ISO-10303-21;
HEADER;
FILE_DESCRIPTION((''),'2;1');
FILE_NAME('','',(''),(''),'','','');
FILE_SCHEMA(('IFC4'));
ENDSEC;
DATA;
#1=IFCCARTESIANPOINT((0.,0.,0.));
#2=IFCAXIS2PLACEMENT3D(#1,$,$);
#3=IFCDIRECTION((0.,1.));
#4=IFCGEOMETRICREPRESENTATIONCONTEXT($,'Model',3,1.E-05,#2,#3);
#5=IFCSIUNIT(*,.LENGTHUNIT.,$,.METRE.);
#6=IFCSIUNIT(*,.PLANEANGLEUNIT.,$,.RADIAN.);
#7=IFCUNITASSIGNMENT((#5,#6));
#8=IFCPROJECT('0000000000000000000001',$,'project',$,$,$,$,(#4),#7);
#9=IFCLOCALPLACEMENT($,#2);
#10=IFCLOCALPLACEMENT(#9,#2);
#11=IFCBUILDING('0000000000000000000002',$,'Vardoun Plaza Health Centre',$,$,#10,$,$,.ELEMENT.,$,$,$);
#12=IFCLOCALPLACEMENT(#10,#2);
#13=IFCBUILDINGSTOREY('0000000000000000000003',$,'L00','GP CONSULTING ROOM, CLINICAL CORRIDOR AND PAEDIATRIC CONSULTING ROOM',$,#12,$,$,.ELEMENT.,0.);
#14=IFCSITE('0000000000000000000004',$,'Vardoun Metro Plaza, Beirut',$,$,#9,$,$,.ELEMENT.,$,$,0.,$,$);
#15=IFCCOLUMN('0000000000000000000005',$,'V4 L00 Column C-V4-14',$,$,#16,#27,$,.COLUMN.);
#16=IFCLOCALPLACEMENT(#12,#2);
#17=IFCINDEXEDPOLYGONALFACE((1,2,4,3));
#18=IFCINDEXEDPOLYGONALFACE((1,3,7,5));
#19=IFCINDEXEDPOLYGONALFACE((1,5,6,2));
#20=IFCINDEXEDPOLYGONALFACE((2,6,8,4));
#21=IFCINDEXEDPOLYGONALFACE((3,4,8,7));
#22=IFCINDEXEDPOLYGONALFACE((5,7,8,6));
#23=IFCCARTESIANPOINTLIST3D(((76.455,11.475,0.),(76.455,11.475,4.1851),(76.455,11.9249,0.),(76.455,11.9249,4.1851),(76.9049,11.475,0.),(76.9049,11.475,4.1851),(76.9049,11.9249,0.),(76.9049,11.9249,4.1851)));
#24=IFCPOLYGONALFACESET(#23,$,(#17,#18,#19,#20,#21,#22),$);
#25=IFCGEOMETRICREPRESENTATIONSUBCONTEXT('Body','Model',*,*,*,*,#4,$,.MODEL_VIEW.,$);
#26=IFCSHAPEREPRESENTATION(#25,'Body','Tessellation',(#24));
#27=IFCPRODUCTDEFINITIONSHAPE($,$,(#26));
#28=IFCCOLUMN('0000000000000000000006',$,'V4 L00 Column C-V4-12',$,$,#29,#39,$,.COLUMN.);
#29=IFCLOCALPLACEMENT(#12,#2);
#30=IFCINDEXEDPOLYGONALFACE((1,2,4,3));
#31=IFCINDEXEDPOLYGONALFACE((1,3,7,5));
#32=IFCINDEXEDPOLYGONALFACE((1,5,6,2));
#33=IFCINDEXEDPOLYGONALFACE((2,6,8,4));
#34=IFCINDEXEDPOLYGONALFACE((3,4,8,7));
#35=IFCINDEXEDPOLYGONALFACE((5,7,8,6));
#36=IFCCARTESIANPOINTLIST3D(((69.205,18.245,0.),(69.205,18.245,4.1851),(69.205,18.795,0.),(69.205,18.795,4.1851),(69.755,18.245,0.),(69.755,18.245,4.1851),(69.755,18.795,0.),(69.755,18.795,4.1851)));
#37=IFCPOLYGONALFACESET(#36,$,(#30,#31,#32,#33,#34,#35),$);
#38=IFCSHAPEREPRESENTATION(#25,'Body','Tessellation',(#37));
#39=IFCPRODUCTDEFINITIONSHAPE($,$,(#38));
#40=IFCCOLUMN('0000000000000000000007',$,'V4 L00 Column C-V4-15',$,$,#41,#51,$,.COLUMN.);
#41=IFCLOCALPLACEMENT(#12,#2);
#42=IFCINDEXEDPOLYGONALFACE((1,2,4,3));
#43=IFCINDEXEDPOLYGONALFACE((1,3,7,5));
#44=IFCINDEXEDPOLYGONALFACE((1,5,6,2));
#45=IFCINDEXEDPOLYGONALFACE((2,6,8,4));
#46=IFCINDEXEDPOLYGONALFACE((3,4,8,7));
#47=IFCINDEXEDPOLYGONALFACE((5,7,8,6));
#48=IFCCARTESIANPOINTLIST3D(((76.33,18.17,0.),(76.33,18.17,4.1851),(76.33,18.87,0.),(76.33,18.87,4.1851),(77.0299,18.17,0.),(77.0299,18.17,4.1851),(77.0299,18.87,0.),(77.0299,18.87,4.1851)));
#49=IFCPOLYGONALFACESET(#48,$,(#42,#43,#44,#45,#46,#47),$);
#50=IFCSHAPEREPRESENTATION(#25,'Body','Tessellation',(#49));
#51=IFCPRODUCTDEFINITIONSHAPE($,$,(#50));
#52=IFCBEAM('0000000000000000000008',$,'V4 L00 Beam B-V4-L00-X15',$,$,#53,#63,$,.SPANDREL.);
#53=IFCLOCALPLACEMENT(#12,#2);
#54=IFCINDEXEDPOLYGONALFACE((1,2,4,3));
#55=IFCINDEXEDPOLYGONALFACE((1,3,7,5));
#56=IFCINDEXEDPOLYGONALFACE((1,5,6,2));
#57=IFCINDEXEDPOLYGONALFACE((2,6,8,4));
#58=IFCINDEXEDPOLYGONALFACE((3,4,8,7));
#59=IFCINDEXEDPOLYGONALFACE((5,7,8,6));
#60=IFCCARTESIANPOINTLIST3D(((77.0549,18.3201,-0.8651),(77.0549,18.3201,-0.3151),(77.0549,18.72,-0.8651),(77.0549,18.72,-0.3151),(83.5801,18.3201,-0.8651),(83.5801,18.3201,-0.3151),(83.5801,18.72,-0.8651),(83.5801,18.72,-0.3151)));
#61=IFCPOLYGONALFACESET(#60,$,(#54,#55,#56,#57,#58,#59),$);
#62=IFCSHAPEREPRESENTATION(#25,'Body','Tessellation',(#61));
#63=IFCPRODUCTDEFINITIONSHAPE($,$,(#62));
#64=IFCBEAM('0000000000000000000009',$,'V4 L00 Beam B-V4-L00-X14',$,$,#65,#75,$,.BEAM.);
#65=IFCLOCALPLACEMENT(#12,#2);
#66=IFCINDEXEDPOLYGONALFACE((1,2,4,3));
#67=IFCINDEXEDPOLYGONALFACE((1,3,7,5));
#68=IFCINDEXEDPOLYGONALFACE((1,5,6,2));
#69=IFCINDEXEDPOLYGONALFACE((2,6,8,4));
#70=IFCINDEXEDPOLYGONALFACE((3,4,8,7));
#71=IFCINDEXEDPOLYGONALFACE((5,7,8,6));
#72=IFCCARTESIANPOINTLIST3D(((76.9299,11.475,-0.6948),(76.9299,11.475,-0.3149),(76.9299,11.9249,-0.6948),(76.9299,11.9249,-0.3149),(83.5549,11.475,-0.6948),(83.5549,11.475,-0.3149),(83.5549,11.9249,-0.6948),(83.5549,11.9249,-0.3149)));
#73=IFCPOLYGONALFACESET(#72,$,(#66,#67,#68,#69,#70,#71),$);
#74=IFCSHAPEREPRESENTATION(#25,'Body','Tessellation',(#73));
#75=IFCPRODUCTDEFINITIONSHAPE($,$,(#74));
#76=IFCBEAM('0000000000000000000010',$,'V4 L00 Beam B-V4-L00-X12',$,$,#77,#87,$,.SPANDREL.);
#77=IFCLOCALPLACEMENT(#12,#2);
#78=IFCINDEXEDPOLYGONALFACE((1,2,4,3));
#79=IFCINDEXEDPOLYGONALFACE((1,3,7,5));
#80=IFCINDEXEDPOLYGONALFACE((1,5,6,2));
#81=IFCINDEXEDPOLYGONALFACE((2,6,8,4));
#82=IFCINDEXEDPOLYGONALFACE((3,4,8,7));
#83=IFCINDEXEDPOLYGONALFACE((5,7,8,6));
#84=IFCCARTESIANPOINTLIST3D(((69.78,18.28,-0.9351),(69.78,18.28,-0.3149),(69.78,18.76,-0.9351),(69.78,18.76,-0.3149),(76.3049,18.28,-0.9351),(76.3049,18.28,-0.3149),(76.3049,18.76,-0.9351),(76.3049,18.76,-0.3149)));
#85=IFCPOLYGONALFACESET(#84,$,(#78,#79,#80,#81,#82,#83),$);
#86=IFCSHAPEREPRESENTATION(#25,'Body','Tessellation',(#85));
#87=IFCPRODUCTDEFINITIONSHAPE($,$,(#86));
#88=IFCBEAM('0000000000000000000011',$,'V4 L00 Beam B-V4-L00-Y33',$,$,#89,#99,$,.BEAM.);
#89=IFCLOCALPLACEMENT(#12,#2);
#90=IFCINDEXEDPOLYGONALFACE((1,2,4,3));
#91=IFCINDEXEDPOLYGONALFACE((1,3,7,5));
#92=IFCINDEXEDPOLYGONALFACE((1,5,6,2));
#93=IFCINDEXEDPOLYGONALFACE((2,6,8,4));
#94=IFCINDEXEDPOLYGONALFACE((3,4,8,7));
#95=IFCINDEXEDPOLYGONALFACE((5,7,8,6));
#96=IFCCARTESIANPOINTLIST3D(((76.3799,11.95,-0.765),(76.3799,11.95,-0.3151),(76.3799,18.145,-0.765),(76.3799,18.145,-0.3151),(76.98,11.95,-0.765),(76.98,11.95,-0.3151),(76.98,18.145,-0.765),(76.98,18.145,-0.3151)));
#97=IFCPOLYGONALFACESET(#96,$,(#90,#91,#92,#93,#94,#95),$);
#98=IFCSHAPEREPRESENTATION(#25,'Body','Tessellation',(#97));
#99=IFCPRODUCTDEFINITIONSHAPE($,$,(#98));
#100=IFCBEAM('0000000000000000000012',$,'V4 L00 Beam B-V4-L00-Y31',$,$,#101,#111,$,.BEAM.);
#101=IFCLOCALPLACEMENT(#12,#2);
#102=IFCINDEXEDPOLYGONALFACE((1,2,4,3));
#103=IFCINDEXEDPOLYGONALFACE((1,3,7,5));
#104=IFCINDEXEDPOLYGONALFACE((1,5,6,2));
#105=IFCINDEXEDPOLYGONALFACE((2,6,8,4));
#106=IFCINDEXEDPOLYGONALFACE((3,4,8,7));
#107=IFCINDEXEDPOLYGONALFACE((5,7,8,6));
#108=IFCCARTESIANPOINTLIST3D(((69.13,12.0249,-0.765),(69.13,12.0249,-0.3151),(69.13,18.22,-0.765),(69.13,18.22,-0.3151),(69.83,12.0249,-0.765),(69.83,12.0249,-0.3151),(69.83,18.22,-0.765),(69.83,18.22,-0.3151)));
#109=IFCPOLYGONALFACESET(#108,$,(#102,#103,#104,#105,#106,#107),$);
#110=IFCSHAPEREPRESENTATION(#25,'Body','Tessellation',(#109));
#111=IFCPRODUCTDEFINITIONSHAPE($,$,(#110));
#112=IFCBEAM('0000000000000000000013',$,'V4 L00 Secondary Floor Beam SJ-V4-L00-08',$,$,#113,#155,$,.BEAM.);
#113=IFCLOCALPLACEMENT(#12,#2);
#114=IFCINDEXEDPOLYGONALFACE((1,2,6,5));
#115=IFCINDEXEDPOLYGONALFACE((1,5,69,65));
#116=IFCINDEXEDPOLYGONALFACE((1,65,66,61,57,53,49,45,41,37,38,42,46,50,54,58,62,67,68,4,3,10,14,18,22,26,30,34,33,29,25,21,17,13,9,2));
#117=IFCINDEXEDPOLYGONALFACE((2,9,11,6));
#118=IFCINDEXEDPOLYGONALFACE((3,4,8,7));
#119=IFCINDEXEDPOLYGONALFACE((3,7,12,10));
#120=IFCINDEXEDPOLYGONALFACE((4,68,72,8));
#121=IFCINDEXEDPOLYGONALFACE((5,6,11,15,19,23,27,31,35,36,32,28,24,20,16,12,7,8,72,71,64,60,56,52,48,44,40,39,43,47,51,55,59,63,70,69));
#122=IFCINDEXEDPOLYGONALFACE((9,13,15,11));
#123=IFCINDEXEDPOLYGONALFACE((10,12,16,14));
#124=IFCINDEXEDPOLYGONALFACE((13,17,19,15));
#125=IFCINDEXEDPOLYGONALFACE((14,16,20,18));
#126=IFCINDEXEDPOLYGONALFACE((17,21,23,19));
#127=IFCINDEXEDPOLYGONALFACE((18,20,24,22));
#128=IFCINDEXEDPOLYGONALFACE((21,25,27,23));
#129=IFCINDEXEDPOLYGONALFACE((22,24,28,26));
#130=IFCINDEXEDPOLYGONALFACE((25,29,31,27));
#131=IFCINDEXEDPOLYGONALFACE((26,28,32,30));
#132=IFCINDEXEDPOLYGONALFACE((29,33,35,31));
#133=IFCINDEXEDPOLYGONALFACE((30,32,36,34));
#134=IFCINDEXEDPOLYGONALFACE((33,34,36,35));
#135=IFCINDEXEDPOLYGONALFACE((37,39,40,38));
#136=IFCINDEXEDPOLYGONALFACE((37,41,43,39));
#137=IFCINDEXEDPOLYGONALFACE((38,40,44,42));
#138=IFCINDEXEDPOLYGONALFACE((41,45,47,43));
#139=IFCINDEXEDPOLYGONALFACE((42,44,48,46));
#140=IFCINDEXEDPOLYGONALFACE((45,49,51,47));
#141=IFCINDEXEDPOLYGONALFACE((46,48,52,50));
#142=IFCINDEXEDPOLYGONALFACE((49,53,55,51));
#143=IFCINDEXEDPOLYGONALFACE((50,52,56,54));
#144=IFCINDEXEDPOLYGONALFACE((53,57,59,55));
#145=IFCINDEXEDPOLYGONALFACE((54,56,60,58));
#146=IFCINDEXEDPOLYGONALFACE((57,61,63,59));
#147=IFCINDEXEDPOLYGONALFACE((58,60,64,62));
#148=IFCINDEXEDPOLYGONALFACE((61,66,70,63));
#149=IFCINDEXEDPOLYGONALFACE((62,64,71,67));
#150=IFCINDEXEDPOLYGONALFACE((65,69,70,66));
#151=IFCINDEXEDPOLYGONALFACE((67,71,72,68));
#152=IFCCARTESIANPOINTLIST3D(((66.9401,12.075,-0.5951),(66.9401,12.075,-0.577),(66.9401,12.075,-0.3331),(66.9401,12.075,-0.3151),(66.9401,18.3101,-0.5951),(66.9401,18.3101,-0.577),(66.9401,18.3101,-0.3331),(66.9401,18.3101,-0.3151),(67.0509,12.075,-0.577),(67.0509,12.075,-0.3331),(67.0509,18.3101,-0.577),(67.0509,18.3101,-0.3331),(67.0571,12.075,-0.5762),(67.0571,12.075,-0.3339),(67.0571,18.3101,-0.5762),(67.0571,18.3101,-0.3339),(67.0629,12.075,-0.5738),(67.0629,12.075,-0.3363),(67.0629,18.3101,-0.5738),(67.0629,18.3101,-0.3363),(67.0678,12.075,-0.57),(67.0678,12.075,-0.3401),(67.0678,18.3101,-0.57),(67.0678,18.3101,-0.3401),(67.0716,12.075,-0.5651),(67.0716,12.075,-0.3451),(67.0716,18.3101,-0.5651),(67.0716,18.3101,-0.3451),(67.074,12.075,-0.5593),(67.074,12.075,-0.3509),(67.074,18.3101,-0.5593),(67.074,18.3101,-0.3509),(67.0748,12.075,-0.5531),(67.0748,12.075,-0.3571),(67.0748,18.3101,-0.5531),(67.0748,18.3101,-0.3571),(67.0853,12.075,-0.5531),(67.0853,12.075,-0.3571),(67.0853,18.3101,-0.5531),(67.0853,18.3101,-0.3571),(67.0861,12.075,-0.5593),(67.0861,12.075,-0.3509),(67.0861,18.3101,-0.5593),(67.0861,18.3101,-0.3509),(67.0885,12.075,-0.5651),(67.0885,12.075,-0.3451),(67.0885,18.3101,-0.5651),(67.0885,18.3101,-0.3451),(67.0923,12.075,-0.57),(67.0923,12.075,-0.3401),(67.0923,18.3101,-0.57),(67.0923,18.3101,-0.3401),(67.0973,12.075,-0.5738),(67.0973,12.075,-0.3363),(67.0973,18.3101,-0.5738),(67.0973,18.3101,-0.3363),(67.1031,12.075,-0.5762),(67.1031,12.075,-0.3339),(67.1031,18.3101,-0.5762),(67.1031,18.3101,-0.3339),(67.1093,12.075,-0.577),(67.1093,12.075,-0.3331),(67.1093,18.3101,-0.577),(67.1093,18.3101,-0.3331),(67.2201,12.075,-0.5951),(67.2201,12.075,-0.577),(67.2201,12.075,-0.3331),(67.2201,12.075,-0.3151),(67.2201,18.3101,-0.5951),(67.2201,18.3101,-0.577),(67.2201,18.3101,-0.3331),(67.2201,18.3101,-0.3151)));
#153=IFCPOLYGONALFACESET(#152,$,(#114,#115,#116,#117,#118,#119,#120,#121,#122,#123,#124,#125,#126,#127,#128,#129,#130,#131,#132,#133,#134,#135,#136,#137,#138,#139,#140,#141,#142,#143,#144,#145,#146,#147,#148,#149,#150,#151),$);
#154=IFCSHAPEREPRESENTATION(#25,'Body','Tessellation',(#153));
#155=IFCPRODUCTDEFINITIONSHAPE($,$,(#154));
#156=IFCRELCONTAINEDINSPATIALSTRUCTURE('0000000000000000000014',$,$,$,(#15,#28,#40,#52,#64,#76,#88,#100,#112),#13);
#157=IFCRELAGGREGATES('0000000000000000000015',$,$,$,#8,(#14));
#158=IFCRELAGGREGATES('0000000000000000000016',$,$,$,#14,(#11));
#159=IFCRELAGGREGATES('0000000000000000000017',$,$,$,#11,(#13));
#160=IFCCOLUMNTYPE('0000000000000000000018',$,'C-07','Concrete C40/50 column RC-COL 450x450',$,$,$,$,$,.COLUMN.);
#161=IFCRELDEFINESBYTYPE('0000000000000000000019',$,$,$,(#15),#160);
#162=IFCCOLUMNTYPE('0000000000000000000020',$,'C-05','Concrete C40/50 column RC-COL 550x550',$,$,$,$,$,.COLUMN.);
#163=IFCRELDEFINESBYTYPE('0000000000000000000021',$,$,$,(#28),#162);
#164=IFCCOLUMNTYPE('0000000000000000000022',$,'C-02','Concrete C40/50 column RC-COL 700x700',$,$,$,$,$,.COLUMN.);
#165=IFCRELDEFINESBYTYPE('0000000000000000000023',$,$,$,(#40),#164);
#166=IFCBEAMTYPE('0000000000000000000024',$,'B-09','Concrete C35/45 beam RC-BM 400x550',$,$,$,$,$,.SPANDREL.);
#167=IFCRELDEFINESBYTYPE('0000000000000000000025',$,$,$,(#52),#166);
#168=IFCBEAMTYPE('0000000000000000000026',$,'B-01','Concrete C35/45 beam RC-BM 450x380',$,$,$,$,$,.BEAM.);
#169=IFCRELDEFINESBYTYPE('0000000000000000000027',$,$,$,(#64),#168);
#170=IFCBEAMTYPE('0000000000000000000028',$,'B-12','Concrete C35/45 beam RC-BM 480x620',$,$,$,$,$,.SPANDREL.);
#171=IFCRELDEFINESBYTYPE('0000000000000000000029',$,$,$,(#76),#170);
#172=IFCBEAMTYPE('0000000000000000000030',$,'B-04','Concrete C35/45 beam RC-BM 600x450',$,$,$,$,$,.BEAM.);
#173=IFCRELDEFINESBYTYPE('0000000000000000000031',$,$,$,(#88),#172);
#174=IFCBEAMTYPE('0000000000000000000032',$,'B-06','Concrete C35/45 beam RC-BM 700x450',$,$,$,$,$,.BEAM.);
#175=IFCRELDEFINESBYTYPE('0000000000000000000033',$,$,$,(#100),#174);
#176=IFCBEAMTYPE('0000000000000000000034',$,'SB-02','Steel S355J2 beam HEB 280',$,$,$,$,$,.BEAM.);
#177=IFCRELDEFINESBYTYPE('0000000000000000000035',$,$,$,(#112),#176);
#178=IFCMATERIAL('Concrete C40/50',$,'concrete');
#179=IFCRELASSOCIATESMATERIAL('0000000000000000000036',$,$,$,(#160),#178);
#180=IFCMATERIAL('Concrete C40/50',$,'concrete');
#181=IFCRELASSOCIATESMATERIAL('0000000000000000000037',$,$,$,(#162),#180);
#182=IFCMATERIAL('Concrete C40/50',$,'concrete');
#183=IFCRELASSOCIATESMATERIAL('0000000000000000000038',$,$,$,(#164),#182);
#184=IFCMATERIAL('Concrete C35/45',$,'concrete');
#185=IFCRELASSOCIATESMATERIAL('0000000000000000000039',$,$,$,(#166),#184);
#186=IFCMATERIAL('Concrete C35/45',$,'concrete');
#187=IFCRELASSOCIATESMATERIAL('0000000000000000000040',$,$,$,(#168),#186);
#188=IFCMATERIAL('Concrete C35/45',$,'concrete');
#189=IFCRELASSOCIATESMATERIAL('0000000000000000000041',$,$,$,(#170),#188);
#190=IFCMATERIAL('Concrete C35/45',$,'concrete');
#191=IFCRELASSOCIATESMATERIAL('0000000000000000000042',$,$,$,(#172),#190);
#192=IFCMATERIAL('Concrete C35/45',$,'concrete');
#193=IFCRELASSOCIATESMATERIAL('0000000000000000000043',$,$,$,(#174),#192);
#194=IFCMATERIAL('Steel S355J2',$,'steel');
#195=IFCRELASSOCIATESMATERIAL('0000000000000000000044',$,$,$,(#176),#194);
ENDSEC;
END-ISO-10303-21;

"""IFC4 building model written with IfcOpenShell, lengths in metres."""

from ifc_helpers import new_model, si_unit, direction, frame, origin, origin_2d, place, context, subcontext, project, spatial, rectangle, i_section, extrude, material, material_profile, profile_set, type_object, element, save


model = new_model("IFC4")

# Units and contexts
model_context = context("Model", 3, precision=1e-05, world=origin(), true_north=direction((0.0, 1.0)))
body_context = subcontext(model_context, "Body", "Model", "MODEL_VIEW")
ifc_project = project(units=[si_unit("LENGTHUNIT", "METRE"), si_unit("PLANEANGLEUNIT", "RADIAN")], contexts=[model_context])

# Site, building, storey
site_placement = place(None, origin())
site = spatial("IfcSite", under=ifc_project, at=site_placement, Name="Vardoun Metro Plaza, Beirut", CompositionType="ELEMENT", RefElevation=0.0)
building_placement = place(site_placement, origin())
building = spatial("IfcBuilding", under=site, at=building_placement, Name="Vardoun Plaza Health Centre", CompositionType="ELEMENT")
storey_placement = place(building_placement, origin())
storey = spatial("IfcBuildingStorey", under=building, at=storey_placement, Name="L00", Description="GP CONSULTING ROOM, CLINICAL CORRIDOR AND PAEDIATRIC CONSULTING ROOM", CompositionType="ELEMENT", Elevation=0.0)

# Columns
ifc_material_1 = material(Name="Concrete C40/50", Category="concrete")
ifc_material_profile_1 = material_profile(ifc_material_1, rectangle(XDim=0.45, YDim=0.45, at=origin_2d()), Name="RC-COL 450x450")
ifc_profile_set_1 = profile_set([ifc_material_profile_1], Name="Concrete C40/50")
column_type_1 = type_object("IfcColumnType", Name="C-07", Description="Concrete C40/50 column RC-COL 450x450", PredefinedType="COLUMN", material=ifc_profile_set_1)
column_1_placement = place(storey_placement, frame((76.6799, 11.7, 0.0), z_axis=(0.0, 0.0, 1.0), x_axis=(1.0, 0.0, 0.0)))
element("IfcColumn", 1, at=column_1_placement, inside=storey, type_object=column_type_1, Name="V4 L00 Column C-V4-14", PredefinedType="COLUMN", context=body_context, shape_type="SweptSolid", body=[
    extrude(rectangle(XDim=0.45, YDim=0.45, at=origin_2d()), origin(), (0.0, 0.0, 1.0), 4.1851),
])
ifc_material_2 = material(Name="Concrete C40/50", Category="concrete")
ifc_material_profile_2 = material_profile(ifc_material_2, rectangle(XDim=0.55, YDim=0.55, at=origin_2d()), Name="RC-COL 550x550")
ifc_profile_set_2 = profile_set([ifc_material_profile_2], Name="Concrete C40/50")
column_type_2 = type_object("IfcColumnType", Name="C-05", Description="Concrete C40/50 column RC-COL 550x550", PredefinedType="COLUMN", material=ifc_profile_set_2)
column_2_placement = place(storey_placement, frame((69.48, 18.52, 0.0), z_axis=(0.0, 0.0, 1.0), x_axis=(1.0, 0.0, 0.0)))
element("IfcColumn", 2, at=column_2_placement, inside=storey, type_object=column_type_2, Name="V4 L00 Column C-V4-12", PredefinedType="COLUMN", context=body_context, shape_type="SweptSolid", body=[
    extrude(rectangle(XDim=0.55, YDim=0.55, at=origin_2d()), origin(), (0.0, 0.0, 1.0), 4.1851),
])
ifc_material_3 = material(Name="Concrete C40/50", Category="concrete")
ifc_material_profile_3 = material_profile(ifc_material_3, rectangle(XDim=0.7, YDim=0.7, at=origin_2d()), Name="RC-COL 700x700")
ifc_profile_set_3 = profile_set([ifc_material_profile_3], Name="Concrete C40/50")
column_type_3 = type_object("IfcColumnType", Name="C-02", Description="Concrete C40/50 column RC-COL 700x700", PredefinedType="COLUMN", material=ifc_profile_set_3)
column_3_placement = place(storey_placement, frame((76.6799, 18.52, 0.0), z_axis=(0.0, 0.0, 1.0), x_axis=(1.0, 0.0, 0.0)))
element("IfcColumn", 3, at=column_3_placement, inside=storey, type_object=column_type_3, Name="V4 L00 Column C-V4-15", PredefinedType="COLUMN", context=body_context, shape_type="SweptSolid", body=[
    extrude(rectangle(XDim=0.7, YDim=0.7, at=origin_2d()), origin(), (0.0, 0.0, 1.0), 4.1851),
])

# Beams
ifc_material_4 = material(Name="Concrete C35/45", Category="concrete")
ifc_material_profile_4 = material_profile(ifc_material_4, rectangle(XDim=0.3999, YDim=0.55, at=origin_2d()), Name="RC-BM 400x550")
ifc_profile_set_4 = profile_set([ifc_material_profile_4], Name="Concrete C35/45")
beam_type_1 = type_object("IfcBeamType", Name="B-09", Description="Concrete C35/45 beam RC-BM 400x550", PredefinedType="SPANDREL", material=ifc_profile_set_4)
beam_1_placement = place(storey_placement, frame((77.0549, 18.52, -0.5901), z_axis=(1.0, 0.0, 0.0), x_axis=(0.0, 1.0, 0.0)))
element("IfcBeam", 4, at=beam_1_placement, inside=storey, type_object=beam_type_1, Name="V4 L00 Beam B-V4-L00-X15", PredefinedType="SPANDREL", context=body_context, shape_type="SweptSolid", body=[
    extrude(rectangle(XDim=0.3999, YDim=0.55, at=origin_2d()), origin(), (0.0, 0.0, 1.0), 6.5251),
])
ifc_material_5 = material(Name="Concrete C35/45", Category="concrete")
ifc_material_profile_5 = material_profile(ifc_material_5, rectangle(XDim=0.45, YDim=0.3799, at=origin_2d()), Name="RC-BM 450x380")
ifc_profile_set_5 = profile_set([ifc_material_profile_5], Name="Concrete C35/45")
beam_type_2 = type_object("IfcBeamType", Name="B-01", Description="Concrete C35/45 beam RC-BM 450x380", PredefinedType="BEAM", material=ifc_profile_set_5)
beam_2_placement = place(storey_placement, frame((76.9299, 11.7, -0.5049), z_axis=(1.0, 0.0, 0.0), x_axis=(0.0, 1.0, 0.0)))
element("IfcBeam", 5, at=beam_2_placement, inside=storey, type_object=beam_type_2, Name="V4 L00 Beam B-V4-L00-X14", PredefinedType="BEAM", context=body_context, shape_type="SweptSolid", body=[
    extrude(rectangle(XDim=0.45, YDim=0.3799, at=origin_2d()), origin(), (0.0, 0.0, 1.0), 6.625),
])
ifc_material_6 = material(Name="Concrete C35/45", Category="concrete")
ifc_material_profile_6 = material_profile(ifc_material_6, rectangle(XDim=0.48, YDim=0.6201, at=origin_2d()), Name="RC-BM 480x620")
ifc_profile_set_6 = profile_set([ifc_material_profile_6], Name="Concrete C35/45")
beam_type_3 = type_object("IfcBeamType", Name="B-12", Description="Concrete C35/45 beam RC-BM 480x620", PredefinedType="SPANDREL", material=ifc_profile_set_6)
beam_3_placement = place(storey_placement, frame((69.78, 18.52, -0.625), z_axis=(1.0, 0.0, 0.0), x_axis=(0.0, 1.0, 0.0)))
element("IfcBeam", 6, at=beam_3_placement, inside=storey, type_object=beam_type_3, Name="V4 L00 Beam B-V4-L00-X12", PredefinedType="SPANDREL", context=body_context, shape_type="SweptSolid", body=[
    extrude(rectangle(XDim=0.48, YDim=0.6201, at=origin_2d()), origin(), (0.0, 0.0, 1.0), 6.5249),
])
ifc_material_7 = material(Name="Concrete C35/45", Category="concrete")
ifc_material_profile_7 = material_profile(ifc_material_7, rectangle(XDim=0.6001, YDim=0.45, at=origin_2d()), Name="RC-BM 600x450")
ifc_profile_set_7 = profile_set([ifc_material_profile_7], Name="Concrete C35/45")
beam_type_4 = type_object("IfcBeamType", Name="B-04", Description="Concrete C35/45 beam RC-BM 600x450", PredefinedType="BEAM", material=ifc_profile_set_7)
beam_4_placement = place(storey_placement, frame((76.6799, 11.95, -0.54), z_axis=(0.0, 1.0, 0.0), x_axis=(-1.0, 0.0, 0.0)))
element("IfcBeam", 7, at=beam_4_placement, inside=storey, type_object=beam_type_4, Name="V4 L00 Beam B-V4-L00-Y33", PredefinedType="BEAM", context=body_context, shape_type="SweptSolid", body=[
    extrude(rectangle(XDim=0.6001, YDim=0.45, at=origin_2d()), origin(), (0.0, 0.0, 1.0), 6.1951),
])
ifc_material_8 = material(Name="Concrete C35/45", Category="concrete")
ifc_material_profile_8 = material_profile(ifc_material_8, rectangle(XDim=0.7, YDim=0.45, at=origin_2d()), Name="RC-BM 700x450")
ifc_profile_set_8 = profile_set([ifc_material_profile_8], Name="Concrete C35/45")
beam_type_5 = type_object("IfcBeamType", Name="B-06", Description="Concrete C35/45 beam RC-BM 700x450", PredefinedType="BEAM", material=ifc_profile_set_8)
beam_5_placement = place(storey_placement, frame((69.48, 12.0249, -0.54), z_axis=(0.0, 1.0, 0.0), x_axis=(-1.0, 0.0, 0.0)))
element("IfcBeam", 8, at=beam_5_placement, inside=storey, type_object=beam_type_5, Name="V4 L00 Beam B-V4-L00-Y31", PredefinedType="BEAM", context=body_context, shape_type="SweptSolid", body=[
    extrude(rectangle(XDim=0.7, YDim=0.45, at=origin_2d()), origin(), (0.0, 0.0, 1.0), 6.1951),
])
ifc_material_9 = material(Name="Steel S355J2", Category="steel")
ifc_material_profile_9 = material_profile(ifc_material_9, i_section(OverallWidth=0.28, OverallDepth=0.28, WebThickness=0.0105, FlangeThickness=0.0181, FilletRadius=0.0239, at=origin_2d()), Name="HEB 280")
ifc_profile_set_9 = profile_set([ifc_material_profile_9], Name="Steel S355J2")
beam_type_6 = type_object("IfcBeamType", Name="SB-02", Description="Steel S355J2 beam HEB 280", PredefinedType="BEAM", material=ifc_profile_set_9)
beam_6_placement = place(storey_placement, frame((67.0801, 12.075, -0.4551), z_axis=(0.0, 1.0, 0.0), x_axis=(-1.0, 0.0, 0.0)))
element("IfcBeam", 9, at=beam_6_placement, inside=storey, type_object=beam_type_6, Name="V4 L00 Secondary Floor Beam SJ-V4-L00-08", PredefinedType="BEAM", context=body_context, shape_type="SweptSolid", body=[
    extrude(i_section(OverallWidth=0.28, OverallDepth=0.28, WebThickness=0.0105, FlangeThickness=0.0181, FilletRadius=0.0239, at=origin_2d()), origin(), (0.0, 0.0, 1.0), 6.2351),
])

save(model, "model.ifc")
